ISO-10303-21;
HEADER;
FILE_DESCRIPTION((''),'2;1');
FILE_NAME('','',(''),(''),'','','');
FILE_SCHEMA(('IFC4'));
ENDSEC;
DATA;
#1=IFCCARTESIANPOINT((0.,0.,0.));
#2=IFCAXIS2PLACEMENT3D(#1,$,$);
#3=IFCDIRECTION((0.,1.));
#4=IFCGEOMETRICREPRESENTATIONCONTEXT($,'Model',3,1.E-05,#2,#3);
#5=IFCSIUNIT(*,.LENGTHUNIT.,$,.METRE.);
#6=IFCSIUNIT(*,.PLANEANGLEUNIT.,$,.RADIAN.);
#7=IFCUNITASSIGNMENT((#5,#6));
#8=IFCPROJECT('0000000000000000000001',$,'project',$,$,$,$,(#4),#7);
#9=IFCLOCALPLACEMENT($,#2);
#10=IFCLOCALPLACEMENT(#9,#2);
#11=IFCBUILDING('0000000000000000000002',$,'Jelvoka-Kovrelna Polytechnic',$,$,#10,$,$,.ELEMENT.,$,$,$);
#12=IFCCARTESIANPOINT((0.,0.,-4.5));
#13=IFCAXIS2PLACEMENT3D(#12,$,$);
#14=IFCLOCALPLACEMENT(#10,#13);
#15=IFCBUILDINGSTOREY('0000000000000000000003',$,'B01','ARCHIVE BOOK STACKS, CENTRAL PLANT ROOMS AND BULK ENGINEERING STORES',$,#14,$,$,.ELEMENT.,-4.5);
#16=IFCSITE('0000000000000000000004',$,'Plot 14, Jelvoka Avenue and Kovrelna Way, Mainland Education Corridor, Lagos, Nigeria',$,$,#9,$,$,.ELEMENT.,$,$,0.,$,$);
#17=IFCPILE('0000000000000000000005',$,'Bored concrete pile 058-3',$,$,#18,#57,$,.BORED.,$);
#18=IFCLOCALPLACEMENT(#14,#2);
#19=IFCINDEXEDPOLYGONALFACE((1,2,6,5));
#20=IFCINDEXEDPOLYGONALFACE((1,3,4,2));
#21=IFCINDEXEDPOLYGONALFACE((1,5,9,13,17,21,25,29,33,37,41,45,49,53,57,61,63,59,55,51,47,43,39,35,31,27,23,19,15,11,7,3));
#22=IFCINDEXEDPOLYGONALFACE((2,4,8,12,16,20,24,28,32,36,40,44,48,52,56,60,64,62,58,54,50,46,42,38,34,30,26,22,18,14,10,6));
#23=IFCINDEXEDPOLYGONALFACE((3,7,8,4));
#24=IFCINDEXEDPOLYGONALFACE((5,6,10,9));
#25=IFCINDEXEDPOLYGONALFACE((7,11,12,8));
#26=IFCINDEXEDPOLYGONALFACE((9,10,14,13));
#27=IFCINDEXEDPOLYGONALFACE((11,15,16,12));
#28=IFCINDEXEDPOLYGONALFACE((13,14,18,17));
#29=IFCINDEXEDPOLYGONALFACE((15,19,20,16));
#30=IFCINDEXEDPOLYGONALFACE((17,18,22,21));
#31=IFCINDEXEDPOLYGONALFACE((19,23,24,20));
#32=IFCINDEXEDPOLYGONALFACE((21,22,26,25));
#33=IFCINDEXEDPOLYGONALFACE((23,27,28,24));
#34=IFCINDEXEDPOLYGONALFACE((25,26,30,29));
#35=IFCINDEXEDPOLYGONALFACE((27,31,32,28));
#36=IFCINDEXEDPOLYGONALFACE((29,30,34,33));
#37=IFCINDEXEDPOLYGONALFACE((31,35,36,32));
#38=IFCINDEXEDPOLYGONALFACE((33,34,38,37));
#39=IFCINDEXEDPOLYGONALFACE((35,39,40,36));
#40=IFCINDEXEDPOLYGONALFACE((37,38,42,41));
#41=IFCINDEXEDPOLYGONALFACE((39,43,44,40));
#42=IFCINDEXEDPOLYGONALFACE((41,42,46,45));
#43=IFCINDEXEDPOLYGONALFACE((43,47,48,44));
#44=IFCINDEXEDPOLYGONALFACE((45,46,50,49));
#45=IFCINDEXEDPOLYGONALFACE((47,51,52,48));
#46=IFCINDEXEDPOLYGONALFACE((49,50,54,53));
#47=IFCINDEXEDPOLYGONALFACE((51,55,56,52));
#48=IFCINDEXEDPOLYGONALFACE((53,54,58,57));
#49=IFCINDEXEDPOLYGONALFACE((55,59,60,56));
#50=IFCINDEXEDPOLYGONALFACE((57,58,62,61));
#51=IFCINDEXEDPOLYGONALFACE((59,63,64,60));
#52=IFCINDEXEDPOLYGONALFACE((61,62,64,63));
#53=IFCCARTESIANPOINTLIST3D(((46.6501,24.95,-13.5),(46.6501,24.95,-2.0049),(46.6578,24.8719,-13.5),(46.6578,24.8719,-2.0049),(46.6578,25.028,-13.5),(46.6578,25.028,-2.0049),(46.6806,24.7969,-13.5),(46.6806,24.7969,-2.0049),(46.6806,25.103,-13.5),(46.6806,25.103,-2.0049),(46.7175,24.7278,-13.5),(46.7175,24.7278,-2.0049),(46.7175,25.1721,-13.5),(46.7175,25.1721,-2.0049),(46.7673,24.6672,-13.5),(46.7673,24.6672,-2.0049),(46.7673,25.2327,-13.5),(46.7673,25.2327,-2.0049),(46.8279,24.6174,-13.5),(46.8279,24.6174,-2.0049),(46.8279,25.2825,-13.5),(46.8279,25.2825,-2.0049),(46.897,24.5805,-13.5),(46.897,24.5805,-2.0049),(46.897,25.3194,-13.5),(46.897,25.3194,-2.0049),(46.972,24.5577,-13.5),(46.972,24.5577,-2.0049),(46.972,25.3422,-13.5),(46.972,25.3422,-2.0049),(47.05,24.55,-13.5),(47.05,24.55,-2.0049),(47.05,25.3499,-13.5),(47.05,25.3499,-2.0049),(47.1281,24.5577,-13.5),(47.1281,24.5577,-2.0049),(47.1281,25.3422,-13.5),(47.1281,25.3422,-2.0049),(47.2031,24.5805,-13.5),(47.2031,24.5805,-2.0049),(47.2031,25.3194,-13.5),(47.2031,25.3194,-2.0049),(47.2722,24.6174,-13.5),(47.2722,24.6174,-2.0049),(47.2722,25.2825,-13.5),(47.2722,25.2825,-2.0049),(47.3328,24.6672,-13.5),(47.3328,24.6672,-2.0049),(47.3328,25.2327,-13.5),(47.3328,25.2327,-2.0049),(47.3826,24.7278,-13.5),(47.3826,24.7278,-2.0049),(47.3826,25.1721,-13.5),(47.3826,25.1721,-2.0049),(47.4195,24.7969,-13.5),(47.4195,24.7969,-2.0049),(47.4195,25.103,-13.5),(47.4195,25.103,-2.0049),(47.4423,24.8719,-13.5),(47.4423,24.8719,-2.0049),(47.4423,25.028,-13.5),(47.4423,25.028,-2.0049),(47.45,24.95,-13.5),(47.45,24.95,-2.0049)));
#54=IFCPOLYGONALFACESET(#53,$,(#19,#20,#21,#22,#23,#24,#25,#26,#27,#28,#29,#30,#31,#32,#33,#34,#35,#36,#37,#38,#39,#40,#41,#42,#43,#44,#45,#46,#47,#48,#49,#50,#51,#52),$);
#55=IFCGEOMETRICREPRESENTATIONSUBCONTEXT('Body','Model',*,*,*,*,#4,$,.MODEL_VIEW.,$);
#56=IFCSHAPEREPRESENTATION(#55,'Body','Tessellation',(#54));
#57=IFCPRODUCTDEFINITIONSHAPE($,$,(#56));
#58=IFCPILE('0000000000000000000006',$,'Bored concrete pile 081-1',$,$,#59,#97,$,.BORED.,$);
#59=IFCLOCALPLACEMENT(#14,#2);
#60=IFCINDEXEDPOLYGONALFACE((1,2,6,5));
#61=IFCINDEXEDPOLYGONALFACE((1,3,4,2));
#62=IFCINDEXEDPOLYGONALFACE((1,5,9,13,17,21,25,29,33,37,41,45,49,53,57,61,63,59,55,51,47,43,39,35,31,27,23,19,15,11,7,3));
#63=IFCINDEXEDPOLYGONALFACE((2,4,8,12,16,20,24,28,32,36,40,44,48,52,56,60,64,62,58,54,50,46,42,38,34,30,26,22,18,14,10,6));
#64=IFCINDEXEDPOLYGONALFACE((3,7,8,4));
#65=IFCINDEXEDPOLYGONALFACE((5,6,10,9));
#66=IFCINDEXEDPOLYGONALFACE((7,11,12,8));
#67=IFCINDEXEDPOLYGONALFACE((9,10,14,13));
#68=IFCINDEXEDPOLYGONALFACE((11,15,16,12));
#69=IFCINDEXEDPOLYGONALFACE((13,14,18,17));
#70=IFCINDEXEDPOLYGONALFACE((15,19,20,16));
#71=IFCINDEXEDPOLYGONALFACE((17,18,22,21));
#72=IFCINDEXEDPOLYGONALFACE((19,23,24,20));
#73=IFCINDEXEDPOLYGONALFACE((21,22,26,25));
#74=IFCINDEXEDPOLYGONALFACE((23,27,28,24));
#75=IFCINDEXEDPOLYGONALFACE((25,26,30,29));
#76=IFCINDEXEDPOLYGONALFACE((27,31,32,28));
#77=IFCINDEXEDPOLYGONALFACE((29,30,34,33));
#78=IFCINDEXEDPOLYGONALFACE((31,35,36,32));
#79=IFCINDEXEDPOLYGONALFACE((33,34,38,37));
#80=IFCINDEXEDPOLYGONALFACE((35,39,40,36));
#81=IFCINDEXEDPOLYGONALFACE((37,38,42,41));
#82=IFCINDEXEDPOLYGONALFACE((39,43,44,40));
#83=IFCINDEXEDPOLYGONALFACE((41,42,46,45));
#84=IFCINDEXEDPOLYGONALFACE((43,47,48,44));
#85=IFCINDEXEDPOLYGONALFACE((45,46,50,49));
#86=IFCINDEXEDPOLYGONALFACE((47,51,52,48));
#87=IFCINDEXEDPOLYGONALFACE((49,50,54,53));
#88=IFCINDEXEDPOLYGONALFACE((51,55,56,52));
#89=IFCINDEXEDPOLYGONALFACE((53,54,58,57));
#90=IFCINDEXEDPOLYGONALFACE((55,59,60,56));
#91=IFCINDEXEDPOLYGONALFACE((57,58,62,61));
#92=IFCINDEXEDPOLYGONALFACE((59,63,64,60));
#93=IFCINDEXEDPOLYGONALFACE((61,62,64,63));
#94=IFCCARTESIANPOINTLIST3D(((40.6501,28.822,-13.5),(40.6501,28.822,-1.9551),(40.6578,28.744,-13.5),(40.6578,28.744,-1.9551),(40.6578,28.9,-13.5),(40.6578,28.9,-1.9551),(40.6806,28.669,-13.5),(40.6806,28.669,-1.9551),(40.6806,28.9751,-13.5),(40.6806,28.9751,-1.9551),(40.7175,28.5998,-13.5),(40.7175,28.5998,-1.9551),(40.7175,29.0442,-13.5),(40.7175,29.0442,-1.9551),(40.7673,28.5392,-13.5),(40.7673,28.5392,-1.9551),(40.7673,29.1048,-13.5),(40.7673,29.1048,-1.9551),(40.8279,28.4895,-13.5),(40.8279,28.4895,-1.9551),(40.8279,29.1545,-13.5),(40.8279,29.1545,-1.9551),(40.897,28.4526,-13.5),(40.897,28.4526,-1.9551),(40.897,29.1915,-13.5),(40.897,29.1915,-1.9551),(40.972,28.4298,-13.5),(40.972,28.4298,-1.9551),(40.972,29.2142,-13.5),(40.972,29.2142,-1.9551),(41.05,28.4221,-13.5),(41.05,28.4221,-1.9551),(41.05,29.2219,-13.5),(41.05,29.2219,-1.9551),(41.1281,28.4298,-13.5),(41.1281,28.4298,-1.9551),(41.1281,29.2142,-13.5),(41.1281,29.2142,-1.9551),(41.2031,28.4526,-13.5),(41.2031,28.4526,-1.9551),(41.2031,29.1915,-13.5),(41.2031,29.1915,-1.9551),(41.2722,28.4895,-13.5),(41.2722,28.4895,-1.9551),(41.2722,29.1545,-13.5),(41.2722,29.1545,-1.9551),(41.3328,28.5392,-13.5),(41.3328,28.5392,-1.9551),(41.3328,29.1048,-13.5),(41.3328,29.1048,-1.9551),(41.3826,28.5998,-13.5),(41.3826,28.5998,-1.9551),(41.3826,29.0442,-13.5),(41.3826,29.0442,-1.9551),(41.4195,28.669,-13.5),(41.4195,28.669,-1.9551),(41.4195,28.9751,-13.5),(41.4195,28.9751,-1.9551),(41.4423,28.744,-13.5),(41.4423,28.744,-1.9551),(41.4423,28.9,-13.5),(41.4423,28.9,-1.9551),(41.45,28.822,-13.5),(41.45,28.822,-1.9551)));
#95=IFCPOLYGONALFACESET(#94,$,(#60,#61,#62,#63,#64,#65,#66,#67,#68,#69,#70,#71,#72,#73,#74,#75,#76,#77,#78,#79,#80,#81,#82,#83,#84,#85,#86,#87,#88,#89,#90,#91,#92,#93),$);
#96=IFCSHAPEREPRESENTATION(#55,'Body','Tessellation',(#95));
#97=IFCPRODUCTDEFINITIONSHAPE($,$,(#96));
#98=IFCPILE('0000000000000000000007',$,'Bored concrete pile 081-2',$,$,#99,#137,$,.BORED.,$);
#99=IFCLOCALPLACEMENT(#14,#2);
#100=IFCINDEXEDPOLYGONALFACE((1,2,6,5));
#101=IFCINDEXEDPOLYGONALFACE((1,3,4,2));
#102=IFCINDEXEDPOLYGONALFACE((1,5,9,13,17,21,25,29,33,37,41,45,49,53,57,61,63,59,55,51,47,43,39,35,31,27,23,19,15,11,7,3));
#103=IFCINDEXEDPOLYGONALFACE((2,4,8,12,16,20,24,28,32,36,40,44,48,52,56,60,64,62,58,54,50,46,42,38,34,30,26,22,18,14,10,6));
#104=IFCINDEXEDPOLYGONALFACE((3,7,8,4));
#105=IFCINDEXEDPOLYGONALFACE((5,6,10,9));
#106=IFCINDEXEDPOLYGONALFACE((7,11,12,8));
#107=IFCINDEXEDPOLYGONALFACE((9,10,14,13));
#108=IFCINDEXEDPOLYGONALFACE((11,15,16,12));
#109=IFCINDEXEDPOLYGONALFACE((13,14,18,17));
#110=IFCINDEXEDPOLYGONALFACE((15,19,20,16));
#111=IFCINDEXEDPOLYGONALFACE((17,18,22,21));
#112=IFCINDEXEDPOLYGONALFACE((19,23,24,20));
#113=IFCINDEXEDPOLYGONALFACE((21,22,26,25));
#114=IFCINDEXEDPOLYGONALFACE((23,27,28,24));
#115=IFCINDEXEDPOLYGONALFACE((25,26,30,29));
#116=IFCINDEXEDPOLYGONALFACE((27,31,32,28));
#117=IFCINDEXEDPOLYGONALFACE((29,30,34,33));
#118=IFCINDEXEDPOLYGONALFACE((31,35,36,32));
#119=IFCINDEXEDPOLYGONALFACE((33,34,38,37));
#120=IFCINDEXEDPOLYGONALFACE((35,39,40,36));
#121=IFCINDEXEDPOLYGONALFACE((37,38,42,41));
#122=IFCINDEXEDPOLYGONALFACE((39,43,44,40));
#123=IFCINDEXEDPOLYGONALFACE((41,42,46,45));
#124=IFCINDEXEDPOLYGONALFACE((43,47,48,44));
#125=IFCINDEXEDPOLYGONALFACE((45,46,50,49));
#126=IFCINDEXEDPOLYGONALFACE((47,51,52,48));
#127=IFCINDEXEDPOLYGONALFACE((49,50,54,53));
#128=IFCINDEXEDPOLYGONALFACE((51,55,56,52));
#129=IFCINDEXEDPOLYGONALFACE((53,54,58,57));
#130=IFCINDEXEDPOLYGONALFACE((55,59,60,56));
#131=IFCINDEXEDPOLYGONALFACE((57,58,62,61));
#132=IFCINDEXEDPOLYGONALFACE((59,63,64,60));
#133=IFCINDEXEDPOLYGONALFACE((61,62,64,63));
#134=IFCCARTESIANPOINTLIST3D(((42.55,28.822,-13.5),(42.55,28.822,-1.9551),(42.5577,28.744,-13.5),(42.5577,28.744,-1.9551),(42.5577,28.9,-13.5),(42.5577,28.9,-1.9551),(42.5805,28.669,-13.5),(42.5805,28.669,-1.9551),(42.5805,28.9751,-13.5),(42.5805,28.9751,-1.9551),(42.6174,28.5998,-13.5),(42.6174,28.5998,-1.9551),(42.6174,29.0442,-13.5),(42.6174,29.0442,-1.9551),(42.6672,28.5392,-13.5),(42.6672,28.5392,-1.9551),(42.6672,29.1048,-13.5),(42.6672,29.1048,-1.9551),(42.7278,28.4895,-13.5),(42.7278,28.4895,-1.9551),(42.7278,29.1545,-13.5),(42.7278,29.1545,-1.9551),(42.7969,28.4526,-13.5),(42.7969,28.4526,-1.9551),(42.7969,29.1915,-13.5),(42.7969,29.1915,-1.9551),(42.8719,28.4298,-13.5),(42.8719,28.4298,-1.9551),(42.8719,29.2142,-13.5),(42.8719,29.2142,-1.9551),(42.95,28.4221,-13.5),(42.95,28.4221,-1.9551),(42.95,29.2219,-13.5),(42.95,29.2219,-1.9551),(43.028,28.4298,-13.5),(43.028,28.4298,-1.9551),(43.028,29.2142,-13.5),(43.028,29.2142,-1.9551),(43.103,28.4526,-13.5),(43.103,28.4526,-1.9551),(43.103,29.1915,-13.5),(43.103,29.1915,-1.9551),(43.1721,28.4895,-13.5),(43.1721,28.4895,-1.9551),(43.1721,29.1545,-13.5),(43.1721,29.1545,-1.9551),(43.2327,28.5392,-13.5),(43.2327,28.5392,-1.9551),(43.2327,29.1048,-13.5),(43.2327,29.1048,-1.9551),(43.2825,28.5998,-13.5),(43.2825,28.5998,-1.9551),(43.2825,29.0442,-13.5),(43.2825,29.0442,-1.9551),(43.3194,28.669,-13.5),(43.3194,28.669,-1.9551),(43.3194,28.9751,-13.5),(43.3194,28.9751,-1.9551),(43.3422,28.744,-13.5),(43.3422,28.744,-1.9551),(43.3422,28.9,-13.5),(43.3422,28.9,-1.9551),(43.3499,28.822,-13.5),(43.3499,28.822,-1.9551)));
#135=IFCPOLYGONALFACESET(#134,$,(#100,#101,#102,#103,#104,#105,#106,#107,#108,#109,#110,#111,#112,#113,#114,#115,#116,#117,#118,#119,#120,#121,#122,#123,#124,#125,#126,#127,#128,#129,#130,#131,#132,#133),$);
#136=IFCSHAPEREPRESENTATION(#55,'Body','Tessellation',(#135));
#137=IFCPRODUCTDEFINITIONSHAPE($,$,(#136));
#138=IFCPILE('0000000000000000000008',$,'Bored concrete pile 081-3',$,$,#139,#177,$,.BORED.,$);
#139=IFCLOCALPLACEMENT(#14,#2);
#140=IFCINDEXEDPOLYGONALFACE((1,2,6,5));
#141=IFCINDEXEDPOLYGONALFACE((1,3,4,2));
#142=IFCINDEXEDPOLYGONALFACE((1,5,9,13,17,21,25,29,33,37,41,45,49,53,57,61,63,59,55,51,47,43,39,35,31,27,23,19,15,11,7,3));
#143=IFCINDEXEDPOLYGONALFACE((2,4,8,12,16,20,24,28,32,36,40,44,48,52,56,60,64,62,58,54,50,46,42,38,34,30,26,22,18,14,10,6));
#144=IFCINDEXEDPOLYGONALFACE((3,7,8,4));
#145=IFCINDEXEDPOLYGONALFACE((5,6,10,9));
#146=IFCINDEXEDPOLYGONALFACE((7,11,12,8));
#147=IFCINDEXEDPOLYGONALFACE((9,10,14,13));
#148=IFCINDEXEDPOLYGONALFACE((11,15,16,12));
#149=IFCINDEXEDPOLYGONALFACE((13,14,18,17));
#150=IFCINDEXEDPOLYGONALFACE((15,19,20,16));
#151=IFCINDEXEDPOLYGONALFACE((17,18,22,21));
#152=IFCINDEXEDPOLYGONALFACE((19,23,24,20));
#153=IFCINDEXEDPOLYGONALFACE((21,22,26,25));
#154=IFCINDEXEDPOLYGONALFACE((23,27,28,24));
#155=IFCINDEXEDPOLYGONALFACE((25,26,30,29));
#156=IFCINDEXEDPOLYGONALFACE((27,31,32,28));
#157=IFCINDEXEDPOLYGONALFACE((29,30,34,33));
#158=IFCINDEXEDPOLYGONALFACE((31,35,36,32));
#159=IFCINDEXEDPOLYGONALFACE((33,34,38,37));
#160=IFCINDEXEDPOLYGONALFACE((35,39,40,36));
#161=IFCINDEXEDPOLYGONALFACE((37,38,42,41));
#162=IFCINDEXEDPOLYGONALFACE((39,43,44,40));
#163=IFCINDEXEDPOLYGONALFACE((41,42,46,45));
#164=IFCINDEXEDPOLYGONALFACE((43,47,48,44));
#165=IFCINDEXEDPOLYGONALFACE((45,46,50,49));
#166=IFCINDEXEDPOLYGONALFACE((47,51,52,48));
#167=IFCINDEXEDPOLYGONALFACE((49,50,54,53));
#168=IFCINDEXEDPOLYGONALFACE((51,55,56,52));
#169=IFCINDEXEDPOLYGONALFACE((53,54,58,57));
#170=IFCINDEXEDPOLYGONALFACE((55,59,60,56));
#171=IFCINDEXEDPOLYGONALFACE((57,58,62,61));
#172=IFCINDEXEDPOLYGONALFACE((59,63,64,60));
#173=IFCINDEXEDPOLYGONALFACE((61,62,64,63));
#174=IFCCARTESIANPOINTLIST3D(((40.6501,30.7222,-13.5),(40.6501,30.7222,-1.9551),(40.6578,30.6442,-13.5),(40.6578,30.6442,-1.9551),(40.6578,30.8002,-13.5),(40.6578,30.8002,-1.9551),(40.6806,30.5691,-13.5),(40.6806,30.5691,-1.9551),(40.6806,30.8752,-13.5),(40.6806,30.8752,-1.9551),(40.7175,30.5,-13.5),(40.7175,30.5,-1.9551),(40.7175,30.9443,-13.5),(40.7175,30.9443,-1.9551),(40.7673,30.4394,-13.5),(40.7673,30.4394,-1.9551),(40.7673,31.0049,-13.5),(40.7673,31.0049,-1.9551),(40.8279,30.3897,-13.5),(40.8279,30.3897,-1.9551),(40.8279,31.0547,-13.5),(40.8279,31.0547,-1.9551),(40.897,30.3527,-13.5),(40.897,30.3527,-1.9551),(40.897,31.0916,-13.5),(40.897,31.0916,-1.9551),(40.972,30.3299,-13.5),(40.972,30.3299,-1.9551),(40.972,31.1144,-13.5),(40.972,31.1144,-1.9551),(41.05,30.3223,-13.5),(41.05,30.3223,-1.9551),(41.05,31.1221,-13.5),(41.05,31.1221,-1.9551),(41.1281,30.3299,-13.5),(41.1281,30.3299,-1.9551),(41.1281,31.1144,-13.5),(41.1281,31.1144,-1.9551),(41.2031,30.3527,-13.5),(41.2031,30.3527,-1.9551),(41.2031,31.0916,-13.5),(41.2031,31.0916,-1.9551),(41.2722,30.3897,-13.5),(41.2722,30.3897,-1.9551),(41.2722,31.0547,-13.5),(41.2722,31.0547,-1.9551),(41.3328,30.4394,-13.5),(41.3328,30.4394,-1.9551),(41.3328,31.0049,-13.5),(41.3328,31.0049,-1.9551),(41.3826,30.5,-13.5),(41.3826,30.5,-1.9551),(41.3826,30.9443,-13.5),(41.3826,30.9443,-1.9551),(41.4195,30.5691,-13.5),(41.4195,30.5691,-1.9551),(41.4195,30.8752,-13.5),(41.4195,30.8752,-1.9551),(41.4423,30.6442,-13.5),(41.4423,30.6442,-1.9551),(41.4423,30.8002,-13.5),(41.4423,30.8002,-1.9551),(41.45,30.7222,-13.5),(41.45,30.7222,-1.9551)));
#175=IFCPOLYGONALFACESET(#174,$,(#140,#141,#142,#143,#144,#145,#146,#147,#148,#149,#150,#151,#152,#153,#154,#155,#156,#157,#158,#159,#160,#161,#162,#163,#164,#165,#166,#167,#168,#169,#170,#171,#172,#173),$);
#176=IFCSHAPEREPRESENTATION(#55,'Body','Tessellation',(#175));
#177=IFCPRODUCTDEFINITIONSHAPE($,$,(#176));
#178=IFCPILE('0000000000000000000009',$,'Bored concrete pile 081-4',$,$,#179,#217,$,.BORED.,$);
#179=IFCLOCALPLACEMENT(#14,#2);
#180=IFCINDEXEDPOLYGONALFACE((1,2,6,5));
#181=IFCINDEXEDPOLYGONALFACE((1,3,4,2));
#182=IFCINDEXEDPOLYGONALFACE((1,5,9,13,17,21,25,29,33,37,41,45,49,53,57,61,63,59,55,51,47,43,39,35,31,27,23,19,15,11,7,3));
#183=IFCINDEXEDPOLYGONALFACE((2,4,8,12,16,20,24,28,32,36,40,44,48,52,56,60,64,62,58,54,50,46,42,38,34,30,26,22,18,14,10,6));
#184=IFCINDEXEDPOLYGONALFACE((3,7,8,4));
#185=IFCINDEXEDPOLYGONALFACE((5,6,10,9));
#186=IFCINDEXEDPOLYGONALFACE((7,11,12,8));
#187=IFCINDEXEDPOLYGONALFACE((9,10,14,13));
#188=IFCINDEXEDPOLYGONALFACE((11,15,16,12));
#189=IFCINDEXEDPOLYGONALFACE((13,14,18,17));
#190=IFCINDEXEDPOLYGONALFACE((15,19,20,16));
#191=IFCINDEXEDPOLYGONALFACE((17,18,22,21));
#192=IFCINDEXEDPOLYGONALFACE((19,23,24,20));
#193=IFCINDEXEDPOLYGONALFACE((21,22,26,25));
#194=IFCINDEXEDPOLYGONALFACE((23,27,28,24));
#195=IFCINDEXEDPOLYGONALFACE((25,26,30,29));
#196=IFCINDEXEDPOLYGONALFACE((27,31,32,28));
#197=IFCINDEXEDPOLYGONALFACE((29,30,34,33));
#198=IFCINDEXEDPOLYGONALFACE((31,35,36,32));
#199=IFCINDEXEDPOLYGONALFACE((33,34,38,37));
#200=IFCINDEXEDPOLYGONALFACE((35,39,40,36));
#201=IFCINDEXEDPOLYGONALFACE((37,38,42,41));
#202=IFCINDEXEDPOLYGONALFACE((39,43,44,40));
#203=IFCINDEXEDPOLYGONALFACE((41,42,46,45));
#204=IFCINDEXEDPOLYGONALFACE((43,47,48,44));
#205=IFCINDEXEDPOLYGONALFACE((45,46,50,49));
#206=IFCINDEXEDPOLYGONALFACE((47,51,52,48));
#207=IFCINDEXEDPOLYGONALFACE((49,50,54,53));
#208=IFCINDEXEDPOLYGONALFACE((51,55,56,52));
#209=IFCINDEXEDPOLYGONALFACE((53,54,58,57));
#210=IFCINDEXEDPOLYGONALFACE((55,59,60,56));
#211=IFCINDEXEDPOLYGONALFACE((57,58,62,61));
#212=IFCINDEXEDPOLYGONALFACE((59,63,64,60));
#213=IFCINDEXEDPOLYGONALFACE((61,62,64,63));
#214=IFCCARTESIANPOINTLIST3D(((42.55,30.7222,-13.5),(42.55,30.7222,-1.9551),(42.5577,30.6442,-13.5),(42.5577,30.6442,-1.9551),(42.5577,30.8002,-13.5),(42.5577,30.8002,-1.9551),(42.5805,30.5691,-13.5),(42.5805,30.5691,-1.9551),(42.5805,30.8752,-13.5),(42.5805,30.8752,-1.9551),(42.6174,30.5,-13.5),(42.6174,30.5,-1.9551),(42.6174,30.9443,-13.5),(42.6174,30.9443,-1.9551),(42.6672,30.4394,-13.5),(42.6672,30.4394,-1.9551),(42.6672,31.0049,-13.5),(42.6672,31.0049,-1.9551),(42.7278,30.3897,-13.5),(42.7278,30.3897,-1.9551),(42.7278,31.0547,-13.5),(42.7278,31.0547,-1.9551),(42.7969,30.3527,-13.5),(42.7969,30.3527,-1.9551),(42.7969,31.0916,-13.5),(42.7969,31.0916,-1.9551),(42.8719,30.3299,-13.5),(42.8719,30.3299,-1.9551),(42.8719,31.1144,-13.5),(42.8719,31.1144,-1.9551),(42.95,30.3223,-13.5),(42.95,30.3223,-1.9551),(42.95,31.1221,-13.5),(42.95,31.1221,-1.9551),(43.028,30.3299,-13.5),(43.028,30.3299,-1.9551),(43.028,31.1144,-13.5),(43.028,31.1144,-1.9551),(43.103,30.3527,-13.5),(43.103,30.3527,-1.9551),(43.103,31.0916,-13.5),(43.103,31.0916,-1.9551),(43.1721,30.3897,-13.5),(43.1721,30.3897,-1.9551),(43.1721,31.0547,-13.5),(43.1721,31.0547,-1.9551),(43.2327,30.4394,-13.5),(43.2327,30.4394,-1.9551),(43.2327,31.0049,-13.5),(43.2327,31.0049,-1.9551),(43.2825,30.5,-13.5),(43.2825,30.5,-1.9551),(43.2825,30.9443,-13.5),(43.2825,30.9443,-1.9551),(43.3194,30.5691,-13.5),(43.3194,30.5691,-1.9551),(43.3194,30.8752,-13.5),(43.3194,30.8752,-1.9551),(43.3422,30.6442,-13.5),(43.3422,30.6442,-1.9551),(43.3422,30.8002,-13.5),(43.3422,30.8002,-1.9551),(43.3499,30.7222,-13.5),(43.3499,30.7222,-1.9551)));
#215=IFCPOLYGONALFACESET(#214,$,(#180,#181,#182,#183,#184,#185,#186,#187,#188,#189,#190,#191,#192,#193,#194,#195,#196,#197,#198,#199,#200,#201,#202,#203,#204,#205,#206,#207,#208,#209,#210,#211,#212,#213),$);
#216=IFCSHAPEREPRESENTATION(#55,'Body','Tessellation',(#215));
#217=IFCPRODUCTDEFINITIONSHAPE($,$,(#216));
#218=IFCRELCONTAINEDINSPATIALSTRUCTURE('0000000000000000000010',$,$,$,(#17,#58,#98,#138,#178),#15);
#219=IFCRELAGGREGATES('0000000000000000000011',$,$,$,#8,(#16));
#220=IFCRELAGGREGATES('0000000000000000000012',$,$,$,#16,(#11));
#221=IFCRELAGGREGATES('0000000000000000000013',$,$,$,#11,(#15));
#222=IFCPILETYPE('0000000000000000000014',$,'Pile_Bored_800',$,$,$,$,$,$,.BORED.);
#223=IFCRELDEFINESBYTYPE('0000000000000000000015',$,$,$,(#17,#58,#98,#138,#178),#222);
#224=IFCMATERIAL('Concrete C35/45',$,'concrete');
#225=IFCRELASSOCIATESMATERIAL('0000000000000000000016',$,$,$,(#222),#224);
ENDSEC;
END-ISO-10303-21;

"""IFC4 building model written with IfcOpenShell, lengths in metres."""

from ifc_helpers import new_model, si_unit, direction, frame, origin, origin_2d, place, context, subcontext, project, spatial, circle, extrude, material, material_profile, profile_set, type_object, element, save


model = new_model("IFC4")

# Units and contexts
model_context = context("Model", 3, precision=1e-05, world=origin(), true_north=direction((0.0, 1.0)))
body_context = subcontext(model_context, "Body", "Model", "MODEL_VIEW")
ifc_project = project(units=[si_unit("LENGTHUNIT", "METRE"), si_unit("PLANEANGLEUNIT", "RADIAN")], contexts=[model_context])

# Site, building, storey
site_placement = place(None, origin())
site = spatial("IfcSite", under=ifc_project, at=site_placement, Name="Plot 14, Jelvoka Avenue and Kovrelna Way, Mainland Education Corridor, Lagos, Nigeria", CompositionType="ELEMENT", RefElevation=0.0)
building_placement = place(site_placement, origin())
building = spatial("IfcBuilding", under=site, at=building_placement, Name="Jelvoka-Kovrelna Polytechnic", CompositionType="ELEMENT")
storey_placement = place(building_placement, frame((0.0, 0.0, -4.5)))
storey = spatial("IfcBuildingStorey", under=building, at=storey_placement, Name="B01", Description="ARCHIVE BOOK STACKS, CENTRAL PLANT ROOMS AND BULK ENGINEERING STORES", CompositionType="ELEMENT", Elevation=-4.5)

# Piles
ifc_material_1 = material(Name="Concrete C35/45", Category="concrete")
ifc_material_profile_1 = material_profile(ifc_material_1, circle(Radius=0.3999, at=origin_2d()), Name="PILE D800")
ifc_profile_set_1 = profile_set([ifc_material_profile_1], Name="Concrete C35/45")
pile_type = type_object("IfcPileType", Name="Pile_Bored_800", PredefinedType="BORED", material=ifc_profile_set_1)
pile_1_placement = place(storey_placement, frame((47.05, 24.95, -2.0049), z_axis=(0.0, 0.0, -1.0), x_axis=(1.0, 0.0, 0.0)))
element("IfcPile", 1, at=pile_1_placement, inside=storey, type_object=pile_type, Name="Bored concrete pile 058-3", PredefinedType="BORED", context=body_context, shape_type="SweptSolid", body=[
    extrude(circle(Radius=0.3999, at=origin_2d()), origin(), (0.0, 0.0, 1.0), 11.4951),
])
for number, where, z_axis, x_axis, name in (
    (2, (41.05, 28.822, -1.9551), (0.0, 0.0, -1.0), (1.0, 0.0, 0.0), "Bored concrete pile 081-1"),
    (3, (42.95, 28.822, -1.9551), (0.0, 0.0, -1.0), (1.0, 0.0, 0.0), "Bored concrete pile 081-2"),
    (4, (41.05, 30.7222, -1.9551), (0.0, 0.0, -1.0), (1.0, 0.0, 0.0), "Bored concrete pile 081-3"),
    (5, (42.95, 30.7222, -1.9551), (0.0, 0.0, -1.0), (1.0, 0.0, 0.0), "Bored concrete pile 081-4"),
):
    element("IfcPile", number, at=place(storey_placement, frame(where, z_axis=z_axis, x_axis=x_axis)), inside=storey, type_object=pile_type, Name=name, PredefinedType="BORED", context=body_context, shape_type="SweptSolid", body=[
        extrude(circle(Radius=0.3999, at=origin_2d()), origin(), (0.0, 0.0, 1.0), 11.5449),
    ])

save(model, "model.ifc")
